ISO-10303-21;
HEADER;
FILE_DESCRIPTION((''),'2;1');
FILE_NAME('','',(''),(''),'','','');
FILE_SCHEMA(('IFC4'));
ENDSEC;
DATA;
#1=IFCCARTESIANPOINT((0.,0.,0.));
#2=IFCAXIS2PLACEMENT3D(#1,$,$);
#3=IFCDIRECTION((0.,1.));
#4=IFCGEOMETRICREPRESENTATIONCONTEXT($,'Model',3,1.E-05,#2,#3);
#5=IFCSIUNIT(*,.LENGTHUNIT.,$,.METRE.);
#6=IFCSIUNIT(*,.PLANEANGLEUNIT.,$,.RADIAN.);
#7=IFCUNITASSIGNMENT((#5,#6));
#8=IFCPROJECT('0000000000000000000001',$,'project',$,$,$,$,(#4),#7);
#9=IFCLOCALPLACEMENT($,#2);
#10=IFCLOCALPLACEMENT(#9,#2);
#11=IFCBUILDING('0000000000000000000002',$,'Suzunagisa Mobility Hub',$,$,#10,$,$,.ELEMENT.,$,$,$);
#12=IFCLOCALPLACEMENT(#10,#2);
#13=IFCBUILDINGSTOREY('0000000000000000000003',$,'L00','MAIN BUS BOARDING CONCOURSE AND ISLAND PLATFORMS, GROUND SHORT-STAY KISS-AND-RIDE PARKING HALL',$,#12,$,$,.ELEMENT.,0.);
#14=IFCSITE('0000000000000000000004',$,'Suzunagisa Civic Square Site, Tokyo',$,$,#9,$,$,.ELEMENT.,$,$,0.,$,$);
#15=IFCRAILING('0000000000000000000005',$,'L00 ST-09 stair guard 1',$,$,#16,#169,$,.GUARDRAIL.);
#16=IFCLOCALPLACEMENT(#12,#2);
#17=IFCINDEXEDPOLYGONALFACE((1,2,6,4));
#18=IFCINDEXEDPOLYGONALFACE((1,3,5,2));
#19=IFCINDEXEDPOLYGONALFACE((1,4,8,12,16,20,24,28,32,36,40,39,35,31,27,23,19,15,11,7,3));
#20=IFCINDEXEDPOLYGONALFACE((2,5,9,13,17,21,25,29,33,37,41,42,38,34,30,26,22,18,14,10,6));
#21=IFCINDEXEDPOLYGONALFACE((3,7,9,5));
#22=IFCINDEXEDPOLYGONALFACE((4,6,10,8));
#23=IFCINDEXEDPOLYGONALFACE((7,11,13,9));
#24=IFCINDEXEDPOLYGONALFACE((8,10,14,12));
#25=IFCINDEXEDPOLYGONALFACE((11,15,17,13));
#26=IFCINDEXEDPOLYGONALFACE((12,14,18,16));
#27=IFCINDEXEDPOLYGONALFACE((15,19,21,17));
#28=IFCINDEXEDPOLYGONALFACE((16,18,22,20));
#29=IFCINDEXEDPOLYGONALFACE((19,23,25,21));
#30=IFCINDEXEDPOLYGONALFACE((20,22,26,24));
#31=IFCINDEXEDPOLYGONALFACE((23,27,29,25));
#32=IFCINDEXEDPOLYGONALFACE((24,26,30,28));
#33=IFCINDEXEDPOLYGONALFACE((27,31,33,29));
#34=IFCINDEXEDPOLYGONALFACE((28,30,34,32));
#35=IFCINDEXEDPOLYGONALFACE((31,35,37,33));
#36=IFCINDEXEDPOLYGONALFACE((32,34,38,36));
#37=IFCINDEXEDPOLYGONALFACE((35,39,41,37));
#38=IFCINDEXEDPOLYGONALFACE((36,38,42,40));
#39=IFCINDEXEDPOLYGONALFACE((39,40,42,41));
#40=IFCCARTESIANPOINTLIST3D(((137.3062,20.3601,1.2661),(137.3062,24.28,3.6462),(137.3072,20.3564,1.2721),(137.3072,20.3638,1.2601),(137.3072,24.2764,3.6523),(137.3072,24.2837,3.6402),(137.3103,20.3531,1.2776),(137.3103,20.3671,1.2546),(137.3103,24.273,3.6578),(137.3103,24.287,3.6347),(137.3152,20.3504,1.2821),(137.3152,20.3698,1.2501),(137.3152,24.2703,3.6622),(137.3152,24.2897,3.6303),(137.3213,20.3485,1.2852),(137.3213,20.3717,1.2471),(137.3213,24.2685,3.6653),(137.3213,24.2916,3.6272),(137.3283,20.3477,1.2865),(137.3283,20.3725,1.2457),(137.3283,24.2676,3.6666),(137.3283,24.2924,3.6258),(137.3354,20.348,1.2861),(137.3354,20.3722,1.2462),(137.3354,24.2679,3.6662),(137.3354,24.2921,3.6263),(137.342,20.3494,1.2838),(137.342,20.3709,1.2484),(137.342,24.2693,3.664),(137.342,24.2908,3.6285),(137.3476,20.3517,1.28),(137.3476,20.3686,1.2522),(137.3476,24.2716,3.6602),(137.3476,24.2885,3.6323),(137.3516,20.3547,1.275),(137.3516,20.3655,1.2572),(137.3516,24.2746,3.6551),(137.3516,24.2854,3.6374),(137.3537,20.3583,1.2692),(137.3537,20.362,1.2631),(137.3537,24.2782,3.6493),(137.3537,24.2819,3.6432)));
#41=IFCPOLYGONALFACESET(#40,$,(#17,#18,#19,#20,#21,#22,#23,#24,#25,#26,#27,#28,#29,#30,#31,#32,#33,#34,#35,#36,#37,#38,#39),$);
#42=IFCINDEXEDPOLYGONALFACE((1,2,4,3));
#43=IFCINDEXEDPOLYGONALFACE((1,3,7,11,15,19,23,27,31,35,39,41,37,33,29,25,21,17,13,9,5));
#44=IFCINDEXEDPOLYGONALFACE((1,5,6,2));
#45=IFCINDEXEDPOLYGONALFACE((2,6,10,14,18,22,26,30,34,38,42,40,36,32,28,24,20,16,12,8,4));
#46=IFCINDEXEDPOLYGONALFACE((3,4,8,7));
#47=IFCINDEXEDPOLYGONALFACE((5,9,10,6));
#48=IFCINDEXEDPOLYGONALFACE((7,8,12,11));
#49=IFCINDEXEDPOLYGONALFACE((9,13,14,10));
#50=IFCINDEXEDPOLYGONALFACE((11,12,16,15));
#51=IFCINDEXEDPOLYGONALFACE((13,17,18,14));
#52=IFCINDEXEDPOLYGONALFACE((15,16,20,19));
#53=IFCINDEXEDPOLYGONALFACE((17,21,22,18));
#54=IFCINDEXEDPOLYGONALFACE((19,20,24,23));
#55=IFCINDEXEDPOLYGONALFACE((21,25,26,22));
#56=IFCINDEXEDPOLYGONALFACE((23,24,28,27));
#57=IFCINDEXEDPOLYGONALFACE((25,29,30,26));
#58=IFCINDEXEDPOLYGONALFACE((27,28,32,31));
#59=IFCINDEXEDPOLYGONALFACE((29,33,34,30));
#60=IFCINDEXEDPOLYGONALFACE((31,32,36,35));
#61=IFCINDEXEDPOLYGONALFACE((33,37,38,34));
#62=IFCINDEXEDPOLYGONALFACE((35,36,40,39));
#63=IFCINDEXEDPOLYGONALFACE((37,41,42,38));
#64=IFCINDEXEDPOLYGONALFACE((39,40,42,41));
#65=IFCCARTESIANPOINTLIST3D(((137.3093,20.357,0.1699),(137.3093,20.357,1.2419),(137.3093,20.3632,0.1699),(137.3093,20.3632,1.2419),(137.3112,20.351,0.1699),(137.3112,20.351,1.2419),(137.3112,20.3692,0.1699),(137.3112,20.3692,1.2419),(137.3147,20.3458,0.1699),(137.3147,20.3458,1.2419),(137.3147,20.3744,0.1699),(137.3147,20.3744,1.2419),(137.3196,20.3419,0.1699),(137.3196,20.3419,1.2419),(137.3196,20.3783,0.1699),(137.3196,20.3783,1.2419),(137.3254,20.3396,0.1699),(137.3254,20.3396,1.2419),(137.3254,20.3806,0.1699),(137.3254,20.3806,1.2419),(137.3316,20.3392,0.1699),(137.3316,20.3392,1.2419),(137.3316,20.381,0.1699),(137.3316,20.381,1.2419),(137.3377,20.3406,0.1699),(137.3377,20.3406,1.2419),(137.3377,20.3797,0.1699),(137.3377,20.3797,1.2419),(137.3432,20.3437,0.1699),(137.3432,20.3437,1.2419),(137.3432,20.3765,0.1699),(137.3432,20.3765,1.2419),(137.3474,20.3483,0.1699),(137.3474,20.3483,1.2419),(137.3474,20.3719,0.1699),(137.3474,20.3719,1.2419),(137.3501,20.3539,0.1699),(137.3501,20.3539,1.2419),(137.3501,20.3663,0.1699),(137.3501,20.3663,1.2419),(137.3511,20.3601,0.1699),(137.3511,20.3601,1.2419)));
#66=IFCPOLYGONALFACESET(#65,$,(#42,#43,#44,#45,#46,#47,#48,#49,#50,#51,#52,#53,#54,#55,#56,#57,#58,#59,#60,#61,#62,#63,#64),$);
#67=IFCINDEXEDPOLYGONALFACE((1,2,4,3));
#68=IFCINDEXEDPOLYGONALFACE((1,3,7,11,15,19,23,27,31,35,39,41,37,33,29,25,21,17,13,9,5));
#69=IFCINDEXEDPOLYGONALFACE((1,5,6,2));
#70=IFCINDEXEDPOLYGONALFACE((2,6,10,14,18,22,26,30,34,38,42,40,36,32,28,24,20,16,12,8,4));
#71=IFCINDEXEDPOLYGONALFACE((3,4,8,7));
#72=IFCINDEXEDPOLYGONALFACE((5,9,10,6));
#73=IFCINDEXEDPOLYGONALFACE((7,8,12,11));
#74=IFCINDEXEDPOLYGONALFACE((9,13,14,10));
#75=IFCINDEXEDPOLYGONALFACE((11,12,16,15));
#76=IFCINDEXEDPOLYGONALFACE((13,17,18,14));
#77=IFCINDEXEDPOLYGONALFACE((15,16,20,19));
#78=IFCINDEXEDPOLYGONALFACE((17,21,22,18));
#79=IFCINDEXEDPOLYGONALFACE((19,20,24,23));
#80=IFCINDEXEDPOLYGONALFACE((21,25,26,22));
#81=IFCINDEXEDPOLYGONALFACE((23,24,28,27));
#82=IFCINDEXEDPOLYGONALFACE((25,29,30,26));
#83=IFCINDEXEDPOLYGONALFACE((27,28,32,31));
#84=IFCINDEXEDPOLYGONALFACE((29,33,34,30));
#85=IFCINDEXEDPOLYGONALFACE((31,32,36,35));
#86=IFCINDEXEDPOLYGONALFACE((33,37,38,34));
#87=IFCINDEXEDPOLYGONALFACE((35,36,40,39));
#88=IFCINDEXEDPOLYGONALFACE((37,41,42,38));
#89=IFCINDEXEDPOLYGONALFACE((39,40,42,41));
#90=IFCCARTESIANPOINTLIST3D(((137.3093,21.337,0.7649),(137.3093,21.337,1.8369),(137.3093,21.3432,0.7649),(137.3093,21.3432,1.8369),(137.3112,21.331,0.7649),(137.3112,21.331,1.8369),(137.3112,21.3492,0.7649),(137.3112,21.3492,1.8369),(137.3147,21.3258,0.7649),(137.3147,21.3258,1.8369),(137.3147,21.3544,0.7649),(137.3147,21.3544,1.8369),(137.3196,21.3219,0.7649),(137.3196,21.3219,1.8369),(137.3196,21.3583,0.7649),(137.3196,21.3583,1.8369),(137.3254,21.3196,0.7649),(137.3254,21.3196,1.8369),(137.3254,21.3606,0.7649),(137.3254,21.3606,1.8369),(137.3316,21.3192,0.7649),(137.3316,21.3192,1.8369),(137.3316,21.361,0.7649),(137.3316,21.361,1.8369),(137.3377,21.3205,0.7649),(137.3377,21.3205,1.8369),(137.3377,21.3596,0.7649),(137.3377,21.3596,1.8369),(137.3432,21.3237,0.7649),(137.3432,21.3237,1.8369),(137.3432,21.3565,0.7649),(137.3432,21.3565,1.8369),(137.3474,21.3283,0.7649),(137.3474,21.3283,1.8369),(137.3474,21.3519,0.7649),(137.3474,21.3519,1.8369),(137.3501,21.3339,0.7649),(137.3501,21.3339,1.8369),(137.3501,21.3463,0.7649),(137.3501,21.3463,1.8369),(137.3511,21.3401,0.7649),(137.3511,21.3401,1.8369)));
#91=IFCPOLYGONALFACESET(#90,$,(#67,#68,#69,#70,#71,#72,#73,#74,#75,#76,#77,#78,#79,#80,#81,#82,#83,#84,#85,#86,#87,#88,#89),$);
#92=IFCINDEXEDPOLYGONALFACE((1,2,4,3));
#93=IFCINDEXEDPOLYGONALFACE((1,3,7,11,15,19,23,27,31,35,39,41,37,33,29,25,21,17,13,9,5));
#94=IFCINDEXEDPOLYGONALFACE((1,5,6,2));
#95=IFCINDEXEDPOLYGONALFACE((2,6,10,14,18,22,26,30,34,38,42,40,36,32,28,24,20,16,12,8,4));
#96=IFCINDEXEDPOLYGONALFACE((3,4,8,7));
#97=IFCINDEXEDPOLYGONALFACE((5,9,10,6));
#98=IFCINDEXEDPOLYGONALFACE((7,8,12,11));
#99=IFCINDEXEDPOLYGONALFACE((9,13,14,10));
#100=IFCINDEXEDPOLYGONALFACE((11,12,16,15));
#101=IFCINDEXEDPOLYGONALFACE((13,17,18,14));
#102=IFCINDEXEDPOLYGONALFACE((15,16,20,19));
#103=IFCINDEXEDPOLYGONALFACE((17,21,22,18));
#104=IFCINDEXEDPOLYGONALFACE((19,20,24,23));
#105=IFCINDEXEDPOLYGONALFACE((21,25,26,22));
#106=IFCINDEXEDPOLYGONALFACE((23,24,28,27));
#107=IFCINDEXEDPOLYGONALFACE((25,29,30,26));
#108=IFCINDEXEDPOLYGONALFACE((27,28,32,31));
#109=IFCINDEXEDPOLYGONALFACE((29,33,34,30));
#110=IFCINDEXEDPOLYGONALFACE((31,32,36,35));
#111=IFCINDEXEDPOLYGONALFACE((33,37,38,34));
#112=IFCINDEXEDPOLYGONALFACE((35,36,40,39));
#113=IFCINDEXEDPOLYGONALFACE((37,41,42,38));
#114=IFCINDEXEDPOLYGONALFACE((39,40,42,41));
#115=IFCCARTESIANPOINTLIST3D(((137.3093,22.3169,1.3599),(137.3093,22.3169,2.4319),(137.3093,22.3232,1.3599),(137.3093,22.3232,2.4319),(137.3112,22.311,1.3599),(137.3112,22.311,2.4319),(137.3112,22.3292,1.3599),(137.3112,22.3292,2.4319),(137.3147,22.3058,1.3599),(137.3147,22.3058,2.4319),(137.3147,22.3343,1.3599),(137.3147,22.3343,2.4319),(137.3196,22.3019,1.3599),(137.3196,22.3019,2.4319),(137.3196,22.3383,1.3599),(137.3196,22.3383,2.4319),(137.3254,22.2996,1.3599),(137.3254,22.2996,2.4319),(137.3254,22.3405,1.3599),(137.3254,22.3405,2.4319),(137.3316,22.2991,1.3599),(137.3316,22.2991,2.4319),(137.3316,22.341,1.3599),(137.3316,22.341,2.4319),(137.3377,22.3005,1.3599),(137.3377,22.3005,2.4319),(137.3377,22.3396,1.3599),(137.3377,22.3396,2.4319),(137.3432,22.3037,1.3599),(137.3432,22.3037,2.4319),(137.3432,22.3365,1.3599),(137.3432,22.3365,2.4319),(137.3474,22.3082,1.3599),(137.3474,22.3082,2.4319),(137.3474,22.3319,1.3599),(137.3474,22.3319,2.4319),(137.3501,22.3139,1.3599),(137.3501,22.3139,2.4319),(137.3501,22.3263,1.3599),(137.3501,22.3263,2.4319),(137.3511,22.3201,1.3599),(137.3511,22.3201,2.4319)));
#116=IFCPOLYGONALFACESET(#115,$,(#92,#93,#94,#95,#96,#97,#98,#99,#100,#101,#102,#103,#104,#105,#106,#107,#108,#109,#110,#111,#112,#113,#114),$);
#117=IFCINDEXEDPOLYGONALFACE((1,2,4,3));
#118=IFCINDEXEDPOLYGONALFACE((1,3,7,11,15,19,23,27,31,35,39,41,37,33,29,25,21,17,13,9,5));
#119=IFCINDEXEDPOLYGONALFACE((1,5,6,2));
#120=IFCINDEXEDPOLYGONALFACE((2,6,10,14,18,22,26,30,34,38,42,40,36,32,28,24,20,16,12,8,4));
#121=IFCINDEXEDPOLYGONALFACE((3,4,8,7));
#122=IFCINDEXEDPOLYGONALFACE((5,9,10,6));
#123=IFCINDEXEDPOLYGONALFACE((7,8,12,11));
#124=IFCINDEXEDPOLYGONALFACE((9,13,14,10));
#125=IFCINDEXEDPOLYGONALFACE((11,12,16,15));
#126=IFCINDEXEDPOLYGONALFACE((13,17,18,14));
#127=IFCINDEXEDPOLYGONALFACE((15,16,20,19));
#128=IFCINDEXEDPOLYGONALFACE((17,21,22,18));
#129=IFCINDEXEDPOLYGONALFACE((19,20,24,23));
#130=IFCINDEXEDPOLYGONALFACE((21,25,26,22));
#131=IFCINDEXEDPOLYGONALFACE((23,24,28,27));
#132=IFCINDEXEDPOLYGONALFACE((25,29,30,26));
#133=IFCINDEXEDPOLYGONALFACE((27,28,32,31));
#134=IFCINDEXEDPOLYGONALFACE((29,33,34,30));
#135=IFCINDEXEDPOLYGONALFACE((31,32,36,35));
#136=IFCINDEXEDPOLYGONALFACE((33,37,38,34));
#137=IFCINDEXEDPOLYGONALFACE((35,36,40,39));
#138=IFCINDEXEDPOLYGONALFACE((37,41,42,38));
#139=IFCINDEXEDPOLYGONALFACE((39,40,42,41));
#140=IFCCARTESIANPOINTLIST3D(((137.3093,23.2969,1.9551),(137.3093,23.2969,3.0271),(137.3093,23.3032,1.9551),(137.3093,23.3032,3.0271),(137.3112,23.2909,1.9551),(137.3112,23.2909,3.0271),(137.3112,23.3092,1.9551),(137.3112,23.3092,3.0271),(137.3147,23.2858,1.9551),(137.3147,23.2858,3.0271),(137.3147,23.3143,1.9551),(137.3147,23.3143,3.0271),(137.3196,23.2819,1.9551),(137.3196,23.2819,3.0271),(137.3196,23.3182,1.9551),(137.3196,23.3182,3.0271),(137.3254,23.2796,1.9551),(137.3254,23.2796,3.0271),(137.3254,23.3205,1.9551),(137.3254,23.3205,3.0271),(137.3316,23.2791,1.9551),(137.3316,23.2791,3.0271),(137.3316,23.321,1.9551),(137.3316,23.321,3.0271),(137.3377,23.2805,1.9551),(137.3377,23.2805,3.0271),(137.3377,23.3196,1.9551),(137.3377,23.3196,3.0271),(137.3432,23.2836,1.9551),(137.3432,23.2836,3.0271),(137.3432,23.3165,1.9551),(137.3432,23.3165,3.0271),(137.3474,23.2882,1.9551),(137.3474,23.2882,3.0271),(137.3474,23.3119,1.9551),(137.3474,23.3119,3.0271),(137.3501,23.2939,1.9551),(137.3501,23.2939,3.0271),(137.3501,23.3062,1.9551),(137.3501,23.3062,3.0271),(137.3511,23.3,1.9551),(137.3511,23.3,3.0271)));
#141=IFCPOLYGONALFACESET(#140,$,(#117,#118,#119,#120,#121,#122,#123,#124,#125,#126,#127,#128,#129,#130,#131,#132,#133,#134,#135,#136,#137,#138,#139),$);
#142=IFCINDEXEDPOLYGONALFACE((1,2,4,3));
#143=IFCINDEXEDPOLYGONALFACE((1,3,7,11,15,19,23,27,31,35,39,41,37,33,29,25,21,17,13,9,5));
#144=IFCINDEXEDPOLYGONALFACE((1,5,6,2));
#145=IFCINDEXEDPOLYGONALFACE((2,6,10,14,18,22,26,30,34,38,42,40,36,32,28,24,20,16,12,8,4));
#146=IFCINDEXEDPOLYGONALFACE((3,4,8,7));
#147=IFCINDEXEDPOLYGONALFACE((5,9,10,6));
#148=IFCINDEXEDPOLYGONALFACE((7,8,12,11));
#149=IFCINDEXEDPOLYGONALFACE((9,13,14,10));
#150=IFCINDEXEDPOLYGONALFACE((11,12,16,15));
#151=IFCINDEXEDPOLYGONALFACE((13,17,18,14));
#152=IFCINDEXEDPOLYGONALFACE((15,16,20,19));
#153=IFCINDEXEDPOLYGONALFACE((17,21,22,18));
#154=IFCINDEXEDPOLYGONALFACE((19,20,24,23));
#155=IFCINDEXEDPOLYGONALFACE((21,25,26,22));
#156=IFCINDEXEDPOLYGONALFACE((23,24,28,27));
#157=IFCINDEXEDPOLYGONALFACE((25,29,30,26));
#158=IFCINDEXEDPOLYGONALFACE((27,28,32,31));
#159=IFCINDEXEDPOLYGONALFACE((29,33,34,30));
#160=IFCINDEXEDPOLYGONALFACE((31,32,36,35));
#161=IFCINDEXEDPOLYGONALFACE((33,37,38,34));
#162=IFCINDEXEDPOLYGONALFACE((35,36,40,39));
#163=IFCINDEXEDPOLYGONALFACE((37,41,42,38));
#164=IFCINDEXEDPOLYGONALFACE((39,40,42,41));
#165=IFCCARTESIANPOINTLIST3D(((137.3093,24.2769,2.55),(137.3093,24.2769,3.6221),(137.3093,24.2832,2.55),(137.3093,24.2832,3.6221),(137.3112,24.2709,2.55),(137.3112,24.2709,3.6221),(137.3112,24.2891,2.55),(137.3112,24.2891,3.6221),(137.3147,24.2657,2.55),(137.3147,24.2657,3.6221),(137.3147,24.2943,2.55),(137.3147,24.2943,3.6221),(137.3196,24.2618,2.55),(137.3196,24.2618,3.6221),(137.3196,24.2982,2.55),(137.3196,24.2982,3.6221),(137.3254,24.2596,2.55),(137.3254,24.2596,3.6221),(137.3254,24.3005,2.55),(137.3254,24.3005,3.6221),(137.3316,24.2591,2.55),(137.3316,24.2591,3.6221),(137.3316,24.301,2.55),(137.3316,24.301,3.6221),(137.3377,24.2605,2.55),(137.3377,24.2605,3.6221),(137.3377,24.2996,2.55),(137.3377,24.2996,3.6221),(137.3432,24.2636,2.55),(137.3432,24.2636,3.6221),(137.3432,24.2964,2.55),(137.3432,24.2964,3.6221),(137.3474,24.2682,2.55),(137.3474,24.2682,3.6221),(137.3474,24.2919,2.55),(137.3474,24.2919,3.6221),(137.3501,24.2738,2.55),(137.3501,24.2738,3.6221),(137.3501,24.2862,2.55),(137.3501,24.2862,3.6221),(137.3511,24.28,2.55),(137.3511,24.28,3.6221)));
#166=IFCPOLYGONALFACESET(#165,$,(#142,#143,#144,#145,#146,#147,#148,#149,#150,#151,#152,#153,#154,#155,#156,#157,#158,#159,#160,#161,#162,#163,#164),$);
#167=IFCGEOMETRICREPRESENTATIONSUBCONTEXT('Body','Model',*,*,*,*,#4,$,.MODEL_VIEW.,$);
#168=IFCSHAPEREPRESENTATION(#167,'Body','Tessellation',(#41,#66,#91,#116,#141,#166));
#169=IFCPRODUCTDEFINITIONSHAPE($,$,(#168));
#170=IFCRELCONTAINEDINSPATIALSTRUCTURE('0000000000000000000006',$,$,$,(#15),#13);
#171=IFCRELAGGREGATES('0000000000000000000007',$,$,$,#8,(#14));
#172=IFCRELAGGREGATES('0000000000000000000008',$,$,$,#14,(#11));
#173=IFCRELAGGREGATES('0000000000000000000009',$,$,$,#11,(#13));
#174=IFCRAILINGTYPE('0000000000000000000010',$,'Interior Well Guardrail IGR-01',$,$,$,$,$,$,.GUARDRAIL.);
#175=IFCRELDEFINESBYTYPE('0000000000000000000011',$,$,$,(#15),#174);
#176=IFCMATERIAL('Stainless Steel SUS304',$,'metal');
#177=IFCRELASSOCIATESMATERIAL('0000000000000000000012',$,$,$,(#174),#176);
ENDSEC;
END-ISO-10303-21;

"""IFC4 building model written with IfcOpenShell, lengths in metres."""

from ifc_helpers import new_model, si_unit, direction, frame, origin, origin_2d, place, context, subcontext, project, spatial, circle, extrude, material, type_object, element, save


model = new_model("IFC4")

# Units and contexts
model_context = context("Model", 3, precision=1e-05, world=origin(), true_north=direction((0.0, 1.0)))
body_context = subcontext(model_context, "Body", "Model", "MODEL_VIEW")
ifc_project = project(units=[si_unit("LENGTHUNIT", "METRE"), si_unit("PLANEANGLEUNIT", "RADIAN")], contexts=[model_context])

# Site, building, storey
site_placement = place(None, origin())
site = spatial("IfcSite", under=ifc_project, at=site_placement, Name="Suzunagisa Civic Square Site, Tokyo", CompositionType="ELEMENT", RefElevation=0.0)
building_placement = place(site_placement, origin())
building = spatial("IfcBuilding", under=site, at=building_placement, Name="Suzunagisa Mobility Hub", CompositionType="ELEMENT")
storey_placement = place(building_placement, origin())
storey = spatial("IfcBuildingStorey", under=building, at=storey_placement, Name="L00", Description="MAIN BUS BOARDING CONCOURSE AND ISLAND PLATFORMS, GROUND SHORT-STAY KISS-AND-RIDE PARKING HALL", CompositionType="ELEMENT", Elevation=0.0)

# Railing
ifc_material_1 = material(Name="Stainless Steel SUS304", Category="metal")
railing_type_1 = type_object("IfcRailingType", Name="Interior Well Guardrail IGR-01", PredefinedType="GUARDRAIL", material=ifc_material_1)
railing_1_placement = place(storey_placement, frame((137.3301, 20.3601, 0.1699)))
element("IfcRailing", 1, at=railing_1_placement, inside=storey, type_object=railing_type_1, Name="L00 ST-09 stair guard 1", PredefinedType="GUARDRAIL", context=body_context, shape_type="SweptSolid", body=[
    extrude(circle(Radius=0.0239, at=origin_2d()), frame((0.0, 0.0, 1.0962), z_axis=(0.0, 0.854771, 0.519006), x_axis=(-1.0, 0.0, 0.0)), (0.0, 0.0, 1.0), 4.5859),
    extrude(circle(Radius=0.021, at=origin_2d()), origin(), (0.0, 0.0, 1.0), 1.072),
    extrude(circle(Radius=0.021, at=origin_2d()), frame((0.0, 0.98, 0.595)), (0.0, 0.0, 1.0), 1.072),
    extrude(circle(Radius=0.021, at=origin_2d()), frame((0.0, 1.96, 1.1899)), (0.0, 0.0, 1.0), 1.072),
    extrude(circle(Radius=0.021, at=origin_2d()), frame((0.0, 2.9399, 1.7852)), (0.0, 0.0, 1.0), 1.072),
    extrude(circle(Radius=0.021, at=origin_2d()), frame((0.0, 3.9199, 2.3801)), (0.0, 0.0, 1.0), 1.072),
])

save(model, "model.ifc")
